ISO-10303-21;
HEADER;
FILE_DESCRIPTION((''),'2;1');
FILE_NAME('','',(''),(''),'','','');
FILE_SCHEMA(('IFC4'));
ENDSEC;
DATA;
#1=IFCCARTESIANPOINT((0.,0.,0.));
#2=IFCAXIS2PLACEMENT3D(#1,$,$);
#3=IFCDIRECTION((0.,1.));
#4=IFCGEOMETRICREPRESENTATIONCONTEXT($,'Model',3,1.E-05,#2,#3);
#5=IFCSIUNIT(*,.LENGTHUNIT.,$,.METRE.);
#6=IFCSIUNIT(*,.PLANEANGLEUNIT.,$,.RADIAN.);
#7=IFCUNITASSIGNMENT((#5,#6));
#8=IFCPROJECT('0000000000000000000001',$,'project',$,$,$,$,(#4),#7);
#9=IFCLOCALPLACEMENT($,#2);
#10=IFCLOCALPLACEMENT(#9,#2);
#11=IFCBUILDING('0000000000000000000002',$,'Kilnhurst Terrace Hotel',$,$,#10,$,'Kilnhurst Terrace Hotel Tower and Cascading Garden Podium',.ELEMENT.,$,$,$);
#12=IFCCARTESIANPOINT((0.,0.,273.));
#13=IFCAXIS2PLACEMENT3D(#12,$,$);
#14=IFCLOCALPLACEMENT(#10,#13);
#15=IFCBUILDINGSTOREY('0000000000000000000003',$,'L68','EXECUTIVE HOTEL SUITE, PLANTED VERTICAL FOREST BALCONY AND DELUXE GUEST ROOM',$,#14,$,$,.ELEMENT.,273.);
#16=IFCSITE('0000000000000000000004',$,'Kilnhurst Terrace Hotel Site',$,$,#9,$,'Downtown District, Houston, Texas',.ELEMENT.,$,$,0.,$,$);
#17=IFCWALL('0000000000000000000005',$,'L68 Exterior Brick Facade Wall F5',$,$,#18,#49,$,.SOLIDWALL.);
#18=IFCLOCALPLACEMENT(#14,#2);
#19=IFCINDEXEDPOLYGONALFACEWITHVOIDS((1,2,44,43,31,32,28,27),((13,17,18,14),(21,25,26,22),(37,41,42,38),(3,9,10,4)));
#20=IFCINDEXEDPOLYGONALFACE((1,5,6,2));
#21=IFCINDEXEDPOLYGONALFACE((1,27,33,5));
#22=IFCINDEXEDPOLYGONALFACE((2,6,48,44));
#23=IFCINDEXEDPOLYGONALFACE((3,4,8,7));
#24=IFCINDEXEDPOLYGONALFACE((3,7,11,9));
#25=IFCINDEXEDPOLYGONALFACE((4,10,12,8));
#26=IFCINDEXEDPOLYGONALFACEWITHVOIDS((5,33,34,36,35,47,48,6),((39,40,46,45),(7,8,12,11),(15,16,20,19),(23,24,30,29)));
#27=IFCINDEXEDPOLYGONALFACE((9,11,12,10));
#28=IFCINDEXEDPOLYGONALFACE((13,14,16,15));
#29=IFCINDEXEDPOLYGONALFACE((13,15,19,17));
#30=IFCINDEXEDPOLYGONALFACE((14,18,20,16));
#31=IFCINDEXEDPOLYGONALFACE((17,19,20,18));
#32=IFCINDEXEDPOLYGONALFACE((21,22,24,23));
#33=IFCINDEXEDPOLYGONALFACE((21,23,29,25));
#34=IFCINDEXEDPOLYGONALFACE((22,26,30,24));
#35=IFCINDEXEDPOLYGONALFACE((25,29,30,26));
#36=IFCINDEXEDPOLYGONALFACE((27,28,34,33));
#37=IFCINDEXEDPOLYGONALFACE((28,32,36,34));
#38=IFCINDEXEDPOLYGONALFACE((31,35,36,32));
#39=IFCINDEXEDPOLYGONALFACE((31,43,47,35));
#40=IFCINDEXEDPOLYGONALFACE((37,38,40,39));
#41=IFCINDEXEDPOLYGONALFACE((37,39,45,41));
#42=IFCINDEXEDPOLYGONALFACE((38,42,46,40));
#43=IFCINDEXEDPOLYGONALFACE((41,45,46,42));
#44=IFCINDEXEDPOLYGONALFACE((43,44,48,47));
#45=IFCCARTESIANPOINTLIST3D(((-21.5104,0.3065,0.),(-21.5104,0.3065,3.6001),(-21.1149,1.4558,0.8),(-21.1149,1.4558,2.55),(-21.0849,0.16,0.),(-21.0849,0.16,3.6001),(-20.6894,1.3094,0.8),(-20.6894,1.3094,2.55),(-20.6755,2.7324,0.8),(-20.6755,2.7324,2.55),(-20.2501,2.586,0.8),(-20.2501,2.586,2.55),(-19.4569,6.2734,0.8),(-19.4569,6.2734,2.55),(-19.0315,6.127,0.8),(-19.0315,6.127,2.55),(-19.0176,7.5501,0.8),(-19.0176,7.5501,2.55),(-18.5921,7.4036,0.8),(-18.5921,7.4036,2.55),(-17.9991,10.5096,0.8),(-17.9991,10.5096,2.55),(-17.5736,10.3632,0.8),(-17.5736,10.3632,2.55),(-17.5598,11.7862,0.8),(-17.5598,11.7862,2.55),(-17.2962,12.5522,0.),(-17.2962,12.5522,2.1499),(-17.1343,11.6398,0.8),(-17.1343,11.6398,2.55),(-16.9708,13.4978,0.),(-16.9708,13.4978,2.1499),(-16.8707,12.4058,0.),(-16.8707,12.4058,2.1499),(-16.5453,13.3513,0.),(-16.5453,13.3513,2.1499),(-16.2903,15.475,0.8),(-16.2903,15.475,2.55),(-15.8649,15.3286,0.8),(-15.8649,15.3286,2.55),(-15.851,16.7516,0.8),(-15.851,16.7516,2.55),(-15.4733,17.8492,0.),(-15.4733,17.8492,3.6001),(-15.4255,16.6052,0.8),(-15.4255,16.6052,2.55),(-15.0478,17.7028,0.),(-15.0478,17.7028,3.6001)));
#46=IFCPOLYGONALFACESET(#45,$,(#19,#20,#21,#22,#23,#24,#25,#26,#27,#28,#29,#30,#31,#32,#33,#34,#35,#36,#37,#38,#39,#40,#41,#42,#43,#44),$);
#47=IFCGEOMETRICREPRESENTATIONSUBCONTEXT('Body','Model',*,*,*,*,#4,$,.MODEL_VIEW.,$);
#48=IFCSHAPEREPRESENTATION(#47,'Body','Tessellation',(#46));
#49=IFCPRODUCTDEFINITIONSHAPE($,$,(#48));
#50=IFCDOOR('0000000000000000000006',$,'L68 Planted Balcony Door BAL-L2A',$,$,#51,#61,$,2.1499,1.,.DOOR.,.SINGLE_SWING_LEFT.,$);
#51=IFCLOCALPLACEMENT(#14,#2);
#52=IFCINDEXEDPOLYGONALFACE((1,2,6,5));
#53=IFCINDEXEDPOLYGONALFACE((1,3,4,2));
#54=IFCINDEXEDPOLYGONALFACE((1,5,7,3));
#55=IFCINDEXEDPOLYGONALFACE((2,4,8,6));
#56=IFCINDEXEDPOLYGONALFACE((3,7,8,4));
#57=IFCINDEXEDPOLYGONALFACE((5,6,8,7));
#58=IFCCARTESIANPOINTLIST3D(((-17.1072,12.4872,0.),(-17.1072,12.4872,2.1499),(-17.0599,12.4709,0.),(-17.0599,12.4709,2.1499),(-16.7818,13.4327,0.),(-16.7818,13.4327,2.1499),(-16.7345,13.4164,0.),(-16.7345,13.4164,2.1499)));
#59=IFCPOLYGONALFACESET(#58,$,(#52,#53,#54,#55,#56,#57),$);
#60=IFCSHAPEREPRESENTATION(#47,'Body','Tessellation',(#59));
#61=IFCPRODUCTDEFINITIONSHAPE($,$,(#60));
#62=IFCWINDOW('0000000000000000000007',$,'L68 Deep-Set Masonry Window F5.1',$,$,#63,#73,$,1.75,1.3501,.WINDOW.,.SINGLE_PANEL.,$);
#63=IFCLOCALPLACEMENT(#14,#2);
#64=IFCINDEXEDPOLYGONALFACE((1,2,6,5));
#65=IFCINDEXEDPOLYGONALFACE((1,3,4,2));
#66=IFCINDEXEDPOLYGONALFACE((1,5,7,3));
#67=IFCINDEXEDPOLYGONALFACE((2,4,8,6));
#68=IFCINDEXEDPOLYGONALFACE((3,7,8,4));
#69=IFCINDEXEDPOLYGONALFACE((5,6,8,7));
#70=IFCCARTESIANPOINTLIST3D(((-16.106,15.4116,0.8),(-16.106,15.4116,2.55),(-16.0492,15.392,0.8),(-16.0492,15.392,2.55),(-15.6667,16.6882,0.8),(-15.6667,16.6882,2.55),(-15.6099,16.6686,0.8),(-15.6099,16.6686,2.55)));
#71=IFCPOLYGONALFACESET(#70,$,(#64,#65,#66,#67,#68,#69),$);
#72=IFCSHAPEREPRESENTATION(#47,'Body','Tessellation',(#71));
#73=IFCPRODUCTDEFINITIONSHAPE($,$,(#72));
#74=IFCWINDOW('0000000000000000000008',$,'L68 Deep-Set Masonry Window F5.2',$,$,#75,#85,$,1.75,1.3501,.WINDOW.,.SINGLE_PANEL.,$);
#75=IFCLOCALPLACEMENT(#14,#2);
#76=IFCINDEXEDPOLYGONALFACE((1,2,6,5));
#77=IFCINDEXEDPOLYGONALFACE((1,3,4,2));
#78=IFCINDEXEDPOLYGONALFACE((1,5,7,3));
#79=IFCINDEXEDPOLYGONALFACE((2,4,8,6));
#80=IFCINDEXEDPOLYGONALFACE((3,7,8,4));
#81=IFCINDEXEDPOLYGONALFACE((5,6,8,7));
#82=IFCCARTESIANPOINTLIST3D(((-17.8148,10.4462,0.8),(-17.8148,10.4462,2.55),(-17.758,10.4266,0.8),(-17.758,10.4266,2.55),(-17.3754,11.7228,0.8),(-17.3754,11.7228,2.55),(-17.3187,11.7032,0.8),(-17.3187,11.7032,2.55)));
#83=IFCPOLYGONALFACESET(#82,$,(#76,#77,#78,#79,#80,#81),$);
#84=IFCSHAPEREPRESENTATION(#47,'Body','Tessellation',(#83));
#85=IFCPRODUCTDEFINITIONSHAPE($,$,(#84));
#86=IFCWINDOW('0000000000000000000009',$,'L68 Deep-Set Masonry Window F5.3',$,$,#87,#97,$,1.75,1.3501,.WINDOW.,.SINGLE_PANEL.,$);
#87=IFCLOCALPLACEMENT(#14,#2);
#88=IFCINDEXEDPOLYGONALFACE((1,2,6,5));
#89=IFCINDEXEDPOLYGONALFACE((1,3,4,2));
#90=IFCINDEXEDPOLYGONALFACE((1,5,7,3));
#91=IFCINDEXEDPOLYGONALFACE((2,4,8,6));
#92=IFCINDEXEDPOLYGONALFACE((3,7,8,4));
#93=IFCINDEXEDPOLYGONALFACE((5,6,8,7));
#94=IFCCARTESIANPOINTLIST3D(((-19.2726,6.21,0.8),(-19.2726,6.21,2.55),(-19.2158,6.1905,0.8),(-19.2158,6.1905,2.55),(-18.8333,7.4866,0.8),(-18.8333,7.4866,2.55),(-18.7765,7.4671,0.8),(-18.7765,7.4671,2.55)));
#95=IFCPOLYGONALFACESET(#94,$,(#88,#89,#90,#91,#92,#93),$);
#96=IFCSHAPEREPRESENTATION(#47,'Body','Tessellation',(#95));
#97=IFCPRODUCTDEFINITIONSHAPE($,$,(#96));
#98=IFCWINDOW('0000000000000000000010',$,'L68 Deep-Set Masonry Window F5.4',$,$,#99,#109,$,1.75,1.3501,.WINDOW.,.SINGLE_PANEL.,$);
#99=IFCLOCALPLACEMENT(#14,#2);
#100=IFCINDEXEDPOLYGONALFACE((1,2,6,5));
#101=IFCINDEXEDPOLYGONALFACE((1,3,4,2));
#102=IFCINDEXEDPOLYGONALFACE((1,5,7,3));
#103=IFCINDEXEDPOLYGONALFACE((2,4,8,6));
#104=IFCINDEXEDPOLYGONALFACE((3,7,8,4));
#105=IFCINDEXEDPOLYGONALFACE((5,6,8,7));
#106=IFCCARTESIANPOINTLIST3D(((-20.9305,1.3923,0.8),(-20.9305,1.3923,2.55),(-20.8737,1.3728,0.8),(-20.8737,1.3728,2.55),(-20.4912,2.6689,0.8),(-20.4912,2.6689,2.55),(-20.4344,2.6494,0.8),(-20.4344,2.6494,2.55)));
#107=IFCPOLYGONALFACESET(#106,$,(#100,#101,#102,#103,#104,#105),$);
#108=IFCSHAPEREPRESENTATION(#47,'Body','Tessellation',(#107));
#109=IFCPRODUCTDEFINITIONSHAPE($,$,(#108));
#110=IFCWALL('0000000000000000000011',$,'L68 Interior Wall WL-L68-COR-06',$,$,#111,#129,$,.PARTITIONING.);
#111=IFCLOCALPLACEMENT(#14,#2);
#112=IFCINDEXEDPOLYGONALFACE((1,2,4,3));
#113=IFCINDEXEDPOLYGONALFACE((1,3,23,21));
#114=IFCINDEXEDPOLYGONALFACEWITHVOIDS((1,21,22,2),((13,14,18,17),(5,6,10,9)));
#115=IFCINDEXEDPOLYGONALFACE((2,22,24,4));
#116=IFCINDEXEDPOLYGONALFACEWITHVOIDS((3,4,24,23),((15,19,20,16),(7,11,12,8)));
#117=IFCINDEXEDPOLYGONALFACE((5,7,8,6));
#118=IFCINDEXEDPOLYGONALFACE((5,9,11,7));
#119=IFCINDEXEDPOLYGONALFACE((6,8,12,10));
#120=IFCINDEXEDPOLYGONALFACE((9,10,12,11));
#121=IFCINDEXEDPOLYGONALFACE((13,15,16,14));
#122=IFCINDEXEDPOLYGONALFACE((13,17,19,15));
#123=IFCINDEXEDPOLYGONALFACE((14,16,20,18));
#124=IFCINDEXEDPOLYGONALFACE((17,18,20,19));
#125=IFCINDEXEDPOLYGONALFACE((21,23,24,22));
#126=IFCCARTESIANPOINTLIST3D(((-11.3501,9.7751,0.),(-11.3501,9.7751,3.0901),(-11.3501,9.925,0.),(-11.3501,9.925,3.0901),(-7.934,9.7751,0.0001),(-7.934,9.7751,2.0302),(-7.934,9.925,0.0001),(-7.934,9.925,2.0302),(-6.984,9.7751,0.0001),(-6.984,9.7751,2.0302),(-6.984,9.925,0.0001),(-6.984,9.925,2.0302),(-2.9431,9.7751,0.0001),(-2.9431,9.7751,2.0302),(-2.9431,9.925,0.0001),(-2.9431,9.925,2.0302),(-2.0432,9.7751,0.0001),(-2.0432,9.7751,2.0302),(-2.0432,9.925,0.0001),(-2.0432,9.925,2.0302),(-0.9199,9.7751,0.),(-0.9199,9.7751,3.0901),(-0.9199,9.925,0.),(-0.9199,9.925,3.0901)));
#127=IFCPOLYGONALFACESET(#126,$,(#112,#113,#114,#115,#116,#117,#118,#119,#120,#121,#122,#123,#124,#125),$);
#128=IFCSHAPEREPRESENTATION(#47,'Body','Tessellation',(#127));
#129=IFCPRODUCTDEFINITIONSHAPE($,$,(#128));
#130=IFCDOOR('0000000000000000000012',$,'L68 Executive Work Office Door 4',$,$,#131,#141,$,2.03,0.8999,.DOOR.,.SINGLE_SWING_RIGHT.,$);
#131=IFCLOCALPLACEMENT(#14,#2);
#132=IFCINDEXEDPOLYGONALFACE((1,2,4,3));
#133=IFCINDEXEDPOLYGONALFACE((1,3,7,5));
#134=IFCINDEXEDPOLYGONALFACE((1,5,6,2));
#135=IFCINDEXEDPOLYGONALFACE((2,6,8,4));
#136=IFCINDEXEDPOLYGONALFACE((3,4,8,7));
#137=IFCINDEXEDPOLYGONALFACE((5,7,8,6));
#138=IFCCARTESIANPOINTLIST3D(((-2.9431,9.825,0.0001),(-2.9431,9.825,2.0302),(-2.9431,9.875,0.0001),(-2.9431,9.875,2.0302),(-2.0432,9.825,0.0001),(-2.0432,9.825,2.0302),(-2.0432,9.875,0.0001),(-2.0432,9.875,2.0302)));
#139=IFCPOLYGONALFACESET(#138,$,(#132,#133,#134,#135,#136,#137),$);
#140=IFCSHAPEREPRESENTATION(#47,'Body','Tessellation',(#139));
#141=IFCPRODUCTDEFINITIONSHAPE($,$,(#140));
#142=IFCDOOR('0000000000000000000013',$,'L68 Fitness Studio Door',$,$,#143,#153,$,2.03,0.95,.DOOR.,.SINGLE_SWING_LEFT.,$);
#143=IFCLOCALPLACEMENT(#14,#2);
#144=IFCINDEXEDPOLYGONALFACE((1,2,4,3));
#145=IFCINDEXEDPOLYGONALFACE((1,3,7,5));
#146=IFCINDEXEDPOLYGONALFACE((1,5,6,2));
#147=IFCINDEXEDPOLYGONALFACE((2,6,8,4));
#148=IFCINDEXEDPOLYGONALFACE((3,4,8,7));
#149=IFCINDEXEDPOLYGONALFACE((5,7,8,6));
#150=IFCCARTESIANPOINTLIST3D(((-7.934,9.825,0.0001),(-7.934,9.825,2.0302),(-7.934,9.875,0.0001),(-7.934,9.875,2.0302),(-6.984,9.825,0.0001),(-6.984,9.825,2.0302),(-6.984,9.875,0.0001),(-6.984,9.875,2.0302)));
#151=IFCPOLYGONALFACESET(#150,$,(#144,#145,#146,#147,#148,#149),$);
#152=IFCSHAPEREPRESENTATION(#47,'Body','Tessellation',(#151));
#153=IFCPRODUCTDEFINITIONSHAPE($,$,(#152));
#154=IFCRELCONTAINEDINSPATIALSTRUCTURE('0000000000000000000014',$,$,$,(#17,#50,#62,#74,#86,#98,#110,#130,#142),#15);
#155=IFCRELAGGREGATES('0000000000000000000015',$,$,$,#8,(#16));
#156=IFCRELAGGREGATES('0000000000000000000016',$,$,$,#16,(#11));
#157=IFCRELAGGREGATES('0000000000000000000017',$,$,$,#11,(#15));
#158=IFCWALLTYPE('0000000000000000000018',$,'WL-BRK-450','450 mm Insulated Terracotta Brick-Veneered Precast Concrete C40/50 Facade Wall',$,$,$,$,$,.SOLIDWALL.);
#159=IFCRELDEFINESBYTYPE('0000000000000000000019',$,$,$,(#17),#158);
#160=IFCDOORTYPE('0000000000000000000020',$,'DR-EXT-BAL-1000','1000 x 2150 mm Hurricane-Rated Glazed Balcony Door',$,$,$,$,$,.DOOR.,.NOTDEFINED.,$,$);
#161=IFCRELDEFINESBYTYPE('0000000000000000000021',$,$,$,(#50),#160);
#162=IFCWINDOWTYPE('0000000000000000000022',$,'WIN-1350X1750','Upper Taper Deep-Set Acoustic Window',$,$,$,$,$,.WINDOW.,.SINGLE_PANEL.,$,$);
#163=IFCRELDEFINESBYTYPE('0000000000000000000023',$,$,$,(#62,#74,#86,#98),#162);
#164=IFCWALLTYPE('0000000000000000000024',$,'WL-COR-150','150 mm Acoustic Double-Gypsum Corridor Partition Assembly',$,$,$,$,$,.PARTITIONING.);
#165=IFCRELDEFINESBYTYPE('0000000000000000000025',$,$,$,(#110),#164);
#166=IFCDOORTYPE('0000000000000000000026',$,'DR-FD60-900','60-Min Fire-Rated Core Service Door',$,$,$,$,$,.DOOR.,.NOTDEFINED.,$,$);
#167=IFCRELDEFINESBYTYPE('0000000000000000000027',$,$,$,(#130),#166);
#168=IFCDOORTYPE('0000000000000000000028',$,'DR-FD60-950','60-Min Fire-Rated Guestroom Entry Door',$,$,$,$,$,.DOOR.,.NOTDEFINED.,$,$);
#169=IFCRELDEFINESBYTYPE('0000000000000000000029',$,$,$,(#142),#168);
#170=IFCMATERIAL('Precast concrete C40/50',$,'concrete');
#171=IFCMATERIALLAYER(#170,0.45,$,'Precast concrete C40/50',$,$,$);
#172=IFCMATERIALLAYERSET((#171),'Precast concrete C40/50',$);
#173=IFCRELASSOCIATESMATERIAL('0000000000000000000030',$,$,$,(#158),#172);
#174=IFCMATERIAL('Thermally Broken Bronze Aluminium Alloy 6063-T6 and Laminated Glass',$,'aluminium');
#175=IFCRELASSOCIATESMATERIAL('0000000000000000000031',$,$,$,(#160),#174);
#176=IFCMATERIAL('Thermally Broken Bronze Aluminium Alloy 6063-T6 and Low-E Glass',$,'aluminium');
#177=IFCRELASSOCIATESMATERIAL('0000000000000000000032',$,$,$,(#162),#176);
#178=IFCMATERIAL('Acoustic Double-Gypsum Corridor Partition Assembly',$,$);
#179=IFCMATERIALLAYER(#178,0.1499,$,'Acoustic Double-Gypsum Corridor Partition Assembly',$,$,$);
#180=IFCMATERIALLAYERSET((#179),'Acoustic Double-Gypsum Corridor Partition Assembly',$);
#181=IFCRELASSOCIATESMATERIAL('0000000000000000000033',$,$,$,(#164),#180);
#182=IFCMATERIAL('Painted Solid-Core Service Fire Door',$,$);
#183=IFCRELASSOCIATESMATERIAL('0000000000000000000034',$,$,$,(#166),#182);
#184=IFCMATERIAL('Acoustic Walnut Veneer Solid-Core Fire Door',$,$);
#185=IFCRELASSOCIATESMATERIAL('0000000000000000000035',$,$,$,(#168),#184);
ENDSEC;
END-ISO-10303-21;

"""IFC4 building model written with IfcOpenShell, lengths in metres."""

from ifc_helpers import new_model, si_unit, direction, frame, frame_2d, origin, place, context, subcontext, project, spatial, rectangle, extrude, material, layer, layer_set, type_object, element, fill, save


model = new_model("IFC4")

# Units and contexts
model_context = context("Model", 3, precision=1e-05, world=origin(), true_north=direction((0.0, 1.0)))
body_context = subcontext(model_context, "Body", "Model", "MODEL_VIEW")
ifc_project = project(units=[si_unit("LENGTHUNIT", "METRE"), si_unit("PLANEANGLEUNIT", "RADIAN")], contexts=[model_context])

# Site, building, storey
site_placement = place(None, origin())
site = spatial("IfcSite", under=ifc_project, at=site_placement, Name="Kilnhurst Terrace Hotel Site", LongName="Downtown District, Houston, Texas", CompositionType="ELEMENT", RefElevation=0.0)
building_placement = place(site_placement, origin())
building = spatial("IfcBuilding", under=site, at=building_placement, Name="Kilnhurst Terrace Hotel", LongName="Kilnhurst Terrace Hotel Tower and Cascading Garden Podium", CompositionType="ELEMENT")
storey_placement = place(building_placement, frame((0.0, 0.0, 273.0)))
storey = spatial("IfcBuildingStorey", under=building, at=storey_placement, Name="L68", Description="EXECUTIVE HOTEL SUITE, PLANTED VERTICAL FOREST BALCONY AND DELUXE GUEST ROOM", CompositionType="ELEMENT", Elevation=273.0)

# Shared definitions
ifc_material_1 = material(Name="Precast concrete C40/50", Category="concrete")
ifc_layer_1 = layer(ifc_material_1, 0.45, Name="Precast concrete C40/50")
ifc_layer_set_1 = layer_set([ifc_layer_1], Name="Precast concrete C40/50")
wall_type_1 = type_object("IfcWallType", Name="WL-BRK-450", Description="450 mm Insulated Terracotta Brick-Veneered Precast Concrete C40/50 Facade Wall", PredefinedType="SOLIDWALL", material=ifc_layer_set_1)

# Wall, openings, door, windows
wall_1_placement = place(storey_placement, frame((-15.2605, 17.7761, 0.0), z_axis=(0.0, 0.0, 1.0), x_axis=(-0.325407, -0.945574, 0.0)))
wall_1 = element("IfcWall", 1, at=wall_1_placement, inside=storey, type_object=wall_type_1, Name="L68 Exterior Brick Facade Wall F5", PredefinedType="SOLIDWALL", context=body_context, shape_type="SweptSolid", body=[
    extrude(rectangle(XDim=18.5525, YDim=0.45, at=frame_2d((9.2764, 0.0))), origin(), (0.0, 0.0, 1.0), 3.6001),
])
opening_1_placement = place(wall_1_placement, frame((4.6021, 0.0, 0.0)))
opening_1 = element("IfcOpeningElement", 2, at=opening_1_placement, cuts=wall_1, PredefinedType="OPENING", context=body_context, shape_type="SweptSolid", body=[
    extrude(rectangle(XDim=1.0, YDim=2.1499, at=frame_2d((0.5, 1.075))), frame((0.0, 0.2349, 0.0), z_axis=(0.0, -1.0, 0.0), x_axis=(1.0, 0.0, 0.0)), (0.0, 0.0, 1.0), 0.47),
])
opening_2_placement = place(wall_1_placement, frame((1.1609, 0.0, 0.8)))
opening_2 = element("IfcOpeningElement", 3, at=opening_2_placement, cuts=wall_1, PredefinedType="OPENING", context=body_context, shape_type="SweptSolid", body=[
    extrude(rectangle(XDim=1.3501, YDim=1.75, at=frame_2d((0.675, 0.875))), frame((0.0, 0.2349, 0.0), z_axis=(0.0, -1.0, 0.0), x_axis=(1.0, 0.0, 0.0)), (0.0, 0.0, 1.0), 0.47),
])
opening_3_placement = place(wall_1_placement, frame((6.4121, 0.0, 0.8)))
opening_3 = element("IfcOpeningElement", 4, at=opening_3_placement, cuts=wall_1, PredefinedType="OPENING", context=body_context, shape_type="SweptSolid", body=[
    extrude(rectangle(XDim=1.3501, YDim=1.75, at=frame_2d((0.675, 0.875))), frame((0.0, 0.2349, 0.0), z_axis=(0.0, -1.0, 0.0), x_axis=(1.0, 0.0, 0.0)), (0.0, 0.0, 1.0), 0.47),
])
opening_4_placement = place(wall_1_placement, frame((10.8921, 0.0, 0.8)))
opening_4 = element("IfcOpeningElement", 5, at=opening_4_placement, cuts=wall_1, PredefinedType="OPENING", context=body_context, shape_type="SweptSolid", body=[
    extrude(rectangle(XDim=1.3501, YDim=1.75, at=frame_2d((0.675, 0.875))), frame((0.0, 0.2349, 0.0), z_axis=(0.0, -1.0, 0.0), x_axis=(1.0, 0.0, 0.0)), (0.0, 0.0, 1.0), 0.47),
])
opening_5_placement = place(wall_1_placement, frame((15.9871, 0.0, 0.8)))
opening_5 = element("IfcOpeningElement", 6, at=opening_5_placement, cuts=wall_1, PredefinedType="OPENING", context=body_context, shape_type="SweptSolid", body=[
    extrude(rectangle(XDim=1.3501, YDim=1.75, at=frame_2d((0.675, 0.875))), frame((0.0, 0.2349, 0.0), z_axis=(0.0, -1.0, 0.0), x_axis=(1.0, 0.0, 0.0)), (0.0, 0.0, 1.0), 0.47),
])
ifc_material_2 = material(Name="Thermally Broken Bronze Aluminium Alloy 6063-T6 and Laminated Glass", Category="aluminium")
door_type_1 = type_object("IfcDoorType", Name="DR-EXT-BAL-1000", Description="1000 x 2150 mm Hurricane-Rated Glazed Balcony Door", OperationType="NOTDEFINED", PredefinedType="DOOR", material=ifc_material_2)
door_1_placement = place(opening_1_placement, origin())
door_1 = element("IfcDoor", 7, at=door_1_placement, inside=storey, type_object=door_type_1, Name="L68 Planted Balcony Door BAL-L2A", OperationType="SINGLE_SWING_LEFT", OverallHeight=2.1499, OverallWidth=1.0, PredefinedType="DOOR", context=body_context, shape_type="SweptSolid", body=[
    extrude(rectangle(XDim=1.0, YDim=2.1499, at=frame_2d((0.5, 1.075))), frame((0.0, 0.0249, 0.0), z_axis=(0.0, -1.0, 0.0), x_axis=(1.0, 0.0, 0.0)), (0.0, 0.0, 1.0), 0.05),
])
fill(opening_1, door_1)
ifc_material_3 = material(Name="Thermally Broken Bronze Aluminium Alloy 6063-T6 and Low-E Glass", Category="aluminium")
window_type = type_object("IfcWindowType", Name="WIN-1350X1750", Description="Upper Taper Deep-Set Acoustic Window", PartitioningType="SINGLE_PANEL", PredefinedType="WINDOW", material=ifc_material_3)
window_1_placement = place(opening_2_placement, origin())
window_1 = element("IfcWindow", 8, at=window_1_placement, inside=storey, type_object=window_type, Name="L68 Deep-Set Masonry Window F5.1", OverallHeight=1.75, OverallWidth=1.3501, PartitioningType="SINGLE_PANEL", PredefinedType="WINDOW", context=body_context, shape_type="SweptSolid", body=[
    extrude(rectangle(XDim=1.3501, YDim=1.75, at=frame_2d((0.675, 0.875))), frame((0.0, 0.03, 0.0), z_axis=(0.0, -1.0, 0.0), x_axis=(1.0, 0.0, 0.0)), (0.0, 0.0, 1.0), 0.0601),
])
fill(opening_2, window_1)
window_2_placement = place(opening_3_placement, origin())
window_2 = element("IfcWindow", 9, at=window_2_placement, inside=storey, type_object=window_type, Name="L68 Deep-Set Masonry Window F5.2", OverallHeight=1.75, OverallWidth=1.3501, PartitioningType="SINGLE_PANEL", PredefinedType="WINDOW", context=body_context, shape_type="SweptSolid", body=[
    extrude(rectangle(XDim=1.3501, YDim=1.75, at=frame_2d((0.675, 0.875))), frame((0.0, 0.03, 0.0), z_axis=(0.0, -1.0, 0.0), x_axis=(1.0, 0.0, 0.0)), (0.0, 0.0, 1.0), 0.0601),
])
fill(opening_3, window_2)
window_3_placement = place(opening_4_placement, origin())
window_3 = element("IfcWindow", 10, at=window_3_placement, inside=storey, type_object=window_type, Name="L68 Deep-Set Masonry Window F5.3", OverallHeight=1.75, OverallWidth=1.3501, PartitioningType="SINGLE_PANEL", PredefinedType="WINDOW", context=body_context, shape_type="SweptSolid", body=[
    extrude(rectangle(XDim=1.3501, YDim=1.75, at=frame_2d((0.675, 0.875))), frame((0.0, 0.03, 0.0), z_axis=(0.0, -1.0, 0.0), x_axis=(1.0, 0.0, 0.0)), (0.0, 0.0, 1.0), 0.0601),
])
fill(opening_4, window_3)
window_4_placement = place(opening_5_placement, origin())
window_4 = element("IfcWindow", 11, at=window_4_placement, inside=storey, type_object=window_type, Name="L68 Deep-Set Masonry Window F5.4", OverallHeight=1.75, OverallWidth=1.3501, PartitioningType="SINGLE_PANEL", PredefinedType="WINDOW", context=body_context, shape_type="SweptSolid", body=[
    extrude(rectangle(XDim=1.3501, YDim=1.75, at=frame_2d((0.675, 0.875))), frame((0.0, 0.03, 0.0), z_axis=(0.0, -1.0, 0.0), x_axis=(1.0, 0.0, 0.0)), (0.0, 0.0, 1.0), 0.0601),
])
fill(opening_5, window_4)

# Wall, openings, doors
ifc_material_4 = material(Name="Acoustic Double-Gypsum Corridor Partition Assembly")
ifc_layer_2 = layer(ifc_material_4, 0.1499, Name="Acoustic Double-Gypsum Corridor Partition Assembly")
ifc_layer_set_2 = layer_set([ifc_layer_2], Name="Acoustic Double-Gypsum Corridor Partition Assembly")
wall_type_2 = type_object("IfcWallType", Name="WL-COR-150", Description="150 mm Acoustic Double-Gypsum Corridor Partition Assembly", PredefinedType="PARTITIONING", material=ifc_layer_set_2)
wall_2_placement = place(storey_placement, frame((-11.3501, 9.8501, 0.0), z_axis=(0.0, 0.0, 1.0), x_axis=(1.0, 0.0, 0.0)))
wall_2 = element("IfcWall", 12, at=wall_2_placement, inside=storey, type_object=wall_type_2, Name="L68 Interior Wall WL-L68-COR-06", PredefinedType="PARTITIONING", context=body_context, shape_type="SweptSolid", body=[
    extrude(rectangle(XDim=10.4302, YDim=0.1499, at=frame_2d((5.2151, 0.0))), origin(), (0.0, 0.0, 1.0), 3.0901),
])
opening_6_placement = place(wall_2_placement, frame((8.407, 0.0, 0.0)))
opening_6 = element("IfcOpeningElement", 13, at=opening_6_placement, cuts=wall_2, PredefinedType="OPENING", context=body_context, shape_type="SweptSolid", body=[
    extrude(rectangle(XDim=0.8999, YDim=2.03, at=frame_2d((0.45, 1.0151))), frame((0.0, 0.085, 0.0), z_axis=(0.0, -1.0, 0.0), x_axis=(1.0, 0.0, 0.0)), (0.0, 0.0, 1.0), 0.1699),
])
opening_7_placement = place(wall_2_placement, frame((3.416, 0.0, 0.0)))
opening_7 = element("IfcOpeningElement", 14, at=opening_7_placement, cuts=wall_2, PredefinedType="OPENING", context=body_context, shape_type="SweptSolid", body=[
    extrude(rectangle(XDim=0.95, YDim=2.03, at=frame_2d((0.4751, 1.0151))), frame((0.0, 0.085, 0.0), z_axis=(0.0, -1.0, 0.0), x_axis=(1.0, 0.0, 0.0)), (0.0, 0.0, 1.0), 0.1699),
])
ifc_material_5 = material(Name="Painted Solid-Core Service Fire Door")
door_type_2 = type_object("IfcDoorType", Name="DR-FD60-900", Description="60-Min Fire-Rated Core Service Door", OperationType="NOTDEFINED", PredefinedType="DOOR", material=ifc_material_5)
door_2_placement = place(opening_6_placement, origin())
door_2 = element("IfcDoor", 15, at=door_2_placement, inside=storey, type_object=door_type_2, Name="L68 Executive Work Office Door 4", OperationType="SINGLE_SWING_RIGHT", OverallHeight=2.03, OverallWidth=0.8999, PredefinedType="DOOR", context=body_context, shape_type="SweptSolid", body=[
    extrude(rectangle(XDim=0.8999, YDim=2.03, at=frame_2d((0.45, 1.0151))), frame((0.0, 0.0249, 0.0), z_axis=(0.0, -1.0, 0.0), x_axis=(1.0, 0.0, 0.0)), (0.0, 0.0, 1.0), 0.05),
])
fill(opening_6, door_2)
ifc_material_6 = material(Name="Acoustic Walnut Veneer Solid-Core Fire Door")
door_type_3 = type_object("IfcDoorType", Name="DR-FD60-950", Description="60-Min Fire-Rated Guestroom Entry Door", OperationType="NOTDEFINED", PredefinedType="DOOR", material=ifc_material_6)
door_3_placement = place(opening_7_placement, origin())
door_3 = element("IfcDoor", 16, at=door_3_placement, inside=storey, type_object=door_type_3, Name="L68 Fitness Studio Door", OperationType="SINGLE_SWING_LEFT", OverallHeight=2.03, OverallWidth=0.95, PredefinedType="DOOR", context=body_context, shape_type="SweptSolid", body=[
    extrude(rectangle(XDim=0.95, YDim=2.03, at=frame_2d((0.4751, 1.0151))), frame((0.0, 0.0249, 0.0), z_axis=(0.0, -1.0, 0.0), x_axis=(1.0, 0.0, 0.0)), (0.0, 0.0, 1.0), 0.05),
])
fill(opening_7, door_3)

save(model, "model.ifc")
